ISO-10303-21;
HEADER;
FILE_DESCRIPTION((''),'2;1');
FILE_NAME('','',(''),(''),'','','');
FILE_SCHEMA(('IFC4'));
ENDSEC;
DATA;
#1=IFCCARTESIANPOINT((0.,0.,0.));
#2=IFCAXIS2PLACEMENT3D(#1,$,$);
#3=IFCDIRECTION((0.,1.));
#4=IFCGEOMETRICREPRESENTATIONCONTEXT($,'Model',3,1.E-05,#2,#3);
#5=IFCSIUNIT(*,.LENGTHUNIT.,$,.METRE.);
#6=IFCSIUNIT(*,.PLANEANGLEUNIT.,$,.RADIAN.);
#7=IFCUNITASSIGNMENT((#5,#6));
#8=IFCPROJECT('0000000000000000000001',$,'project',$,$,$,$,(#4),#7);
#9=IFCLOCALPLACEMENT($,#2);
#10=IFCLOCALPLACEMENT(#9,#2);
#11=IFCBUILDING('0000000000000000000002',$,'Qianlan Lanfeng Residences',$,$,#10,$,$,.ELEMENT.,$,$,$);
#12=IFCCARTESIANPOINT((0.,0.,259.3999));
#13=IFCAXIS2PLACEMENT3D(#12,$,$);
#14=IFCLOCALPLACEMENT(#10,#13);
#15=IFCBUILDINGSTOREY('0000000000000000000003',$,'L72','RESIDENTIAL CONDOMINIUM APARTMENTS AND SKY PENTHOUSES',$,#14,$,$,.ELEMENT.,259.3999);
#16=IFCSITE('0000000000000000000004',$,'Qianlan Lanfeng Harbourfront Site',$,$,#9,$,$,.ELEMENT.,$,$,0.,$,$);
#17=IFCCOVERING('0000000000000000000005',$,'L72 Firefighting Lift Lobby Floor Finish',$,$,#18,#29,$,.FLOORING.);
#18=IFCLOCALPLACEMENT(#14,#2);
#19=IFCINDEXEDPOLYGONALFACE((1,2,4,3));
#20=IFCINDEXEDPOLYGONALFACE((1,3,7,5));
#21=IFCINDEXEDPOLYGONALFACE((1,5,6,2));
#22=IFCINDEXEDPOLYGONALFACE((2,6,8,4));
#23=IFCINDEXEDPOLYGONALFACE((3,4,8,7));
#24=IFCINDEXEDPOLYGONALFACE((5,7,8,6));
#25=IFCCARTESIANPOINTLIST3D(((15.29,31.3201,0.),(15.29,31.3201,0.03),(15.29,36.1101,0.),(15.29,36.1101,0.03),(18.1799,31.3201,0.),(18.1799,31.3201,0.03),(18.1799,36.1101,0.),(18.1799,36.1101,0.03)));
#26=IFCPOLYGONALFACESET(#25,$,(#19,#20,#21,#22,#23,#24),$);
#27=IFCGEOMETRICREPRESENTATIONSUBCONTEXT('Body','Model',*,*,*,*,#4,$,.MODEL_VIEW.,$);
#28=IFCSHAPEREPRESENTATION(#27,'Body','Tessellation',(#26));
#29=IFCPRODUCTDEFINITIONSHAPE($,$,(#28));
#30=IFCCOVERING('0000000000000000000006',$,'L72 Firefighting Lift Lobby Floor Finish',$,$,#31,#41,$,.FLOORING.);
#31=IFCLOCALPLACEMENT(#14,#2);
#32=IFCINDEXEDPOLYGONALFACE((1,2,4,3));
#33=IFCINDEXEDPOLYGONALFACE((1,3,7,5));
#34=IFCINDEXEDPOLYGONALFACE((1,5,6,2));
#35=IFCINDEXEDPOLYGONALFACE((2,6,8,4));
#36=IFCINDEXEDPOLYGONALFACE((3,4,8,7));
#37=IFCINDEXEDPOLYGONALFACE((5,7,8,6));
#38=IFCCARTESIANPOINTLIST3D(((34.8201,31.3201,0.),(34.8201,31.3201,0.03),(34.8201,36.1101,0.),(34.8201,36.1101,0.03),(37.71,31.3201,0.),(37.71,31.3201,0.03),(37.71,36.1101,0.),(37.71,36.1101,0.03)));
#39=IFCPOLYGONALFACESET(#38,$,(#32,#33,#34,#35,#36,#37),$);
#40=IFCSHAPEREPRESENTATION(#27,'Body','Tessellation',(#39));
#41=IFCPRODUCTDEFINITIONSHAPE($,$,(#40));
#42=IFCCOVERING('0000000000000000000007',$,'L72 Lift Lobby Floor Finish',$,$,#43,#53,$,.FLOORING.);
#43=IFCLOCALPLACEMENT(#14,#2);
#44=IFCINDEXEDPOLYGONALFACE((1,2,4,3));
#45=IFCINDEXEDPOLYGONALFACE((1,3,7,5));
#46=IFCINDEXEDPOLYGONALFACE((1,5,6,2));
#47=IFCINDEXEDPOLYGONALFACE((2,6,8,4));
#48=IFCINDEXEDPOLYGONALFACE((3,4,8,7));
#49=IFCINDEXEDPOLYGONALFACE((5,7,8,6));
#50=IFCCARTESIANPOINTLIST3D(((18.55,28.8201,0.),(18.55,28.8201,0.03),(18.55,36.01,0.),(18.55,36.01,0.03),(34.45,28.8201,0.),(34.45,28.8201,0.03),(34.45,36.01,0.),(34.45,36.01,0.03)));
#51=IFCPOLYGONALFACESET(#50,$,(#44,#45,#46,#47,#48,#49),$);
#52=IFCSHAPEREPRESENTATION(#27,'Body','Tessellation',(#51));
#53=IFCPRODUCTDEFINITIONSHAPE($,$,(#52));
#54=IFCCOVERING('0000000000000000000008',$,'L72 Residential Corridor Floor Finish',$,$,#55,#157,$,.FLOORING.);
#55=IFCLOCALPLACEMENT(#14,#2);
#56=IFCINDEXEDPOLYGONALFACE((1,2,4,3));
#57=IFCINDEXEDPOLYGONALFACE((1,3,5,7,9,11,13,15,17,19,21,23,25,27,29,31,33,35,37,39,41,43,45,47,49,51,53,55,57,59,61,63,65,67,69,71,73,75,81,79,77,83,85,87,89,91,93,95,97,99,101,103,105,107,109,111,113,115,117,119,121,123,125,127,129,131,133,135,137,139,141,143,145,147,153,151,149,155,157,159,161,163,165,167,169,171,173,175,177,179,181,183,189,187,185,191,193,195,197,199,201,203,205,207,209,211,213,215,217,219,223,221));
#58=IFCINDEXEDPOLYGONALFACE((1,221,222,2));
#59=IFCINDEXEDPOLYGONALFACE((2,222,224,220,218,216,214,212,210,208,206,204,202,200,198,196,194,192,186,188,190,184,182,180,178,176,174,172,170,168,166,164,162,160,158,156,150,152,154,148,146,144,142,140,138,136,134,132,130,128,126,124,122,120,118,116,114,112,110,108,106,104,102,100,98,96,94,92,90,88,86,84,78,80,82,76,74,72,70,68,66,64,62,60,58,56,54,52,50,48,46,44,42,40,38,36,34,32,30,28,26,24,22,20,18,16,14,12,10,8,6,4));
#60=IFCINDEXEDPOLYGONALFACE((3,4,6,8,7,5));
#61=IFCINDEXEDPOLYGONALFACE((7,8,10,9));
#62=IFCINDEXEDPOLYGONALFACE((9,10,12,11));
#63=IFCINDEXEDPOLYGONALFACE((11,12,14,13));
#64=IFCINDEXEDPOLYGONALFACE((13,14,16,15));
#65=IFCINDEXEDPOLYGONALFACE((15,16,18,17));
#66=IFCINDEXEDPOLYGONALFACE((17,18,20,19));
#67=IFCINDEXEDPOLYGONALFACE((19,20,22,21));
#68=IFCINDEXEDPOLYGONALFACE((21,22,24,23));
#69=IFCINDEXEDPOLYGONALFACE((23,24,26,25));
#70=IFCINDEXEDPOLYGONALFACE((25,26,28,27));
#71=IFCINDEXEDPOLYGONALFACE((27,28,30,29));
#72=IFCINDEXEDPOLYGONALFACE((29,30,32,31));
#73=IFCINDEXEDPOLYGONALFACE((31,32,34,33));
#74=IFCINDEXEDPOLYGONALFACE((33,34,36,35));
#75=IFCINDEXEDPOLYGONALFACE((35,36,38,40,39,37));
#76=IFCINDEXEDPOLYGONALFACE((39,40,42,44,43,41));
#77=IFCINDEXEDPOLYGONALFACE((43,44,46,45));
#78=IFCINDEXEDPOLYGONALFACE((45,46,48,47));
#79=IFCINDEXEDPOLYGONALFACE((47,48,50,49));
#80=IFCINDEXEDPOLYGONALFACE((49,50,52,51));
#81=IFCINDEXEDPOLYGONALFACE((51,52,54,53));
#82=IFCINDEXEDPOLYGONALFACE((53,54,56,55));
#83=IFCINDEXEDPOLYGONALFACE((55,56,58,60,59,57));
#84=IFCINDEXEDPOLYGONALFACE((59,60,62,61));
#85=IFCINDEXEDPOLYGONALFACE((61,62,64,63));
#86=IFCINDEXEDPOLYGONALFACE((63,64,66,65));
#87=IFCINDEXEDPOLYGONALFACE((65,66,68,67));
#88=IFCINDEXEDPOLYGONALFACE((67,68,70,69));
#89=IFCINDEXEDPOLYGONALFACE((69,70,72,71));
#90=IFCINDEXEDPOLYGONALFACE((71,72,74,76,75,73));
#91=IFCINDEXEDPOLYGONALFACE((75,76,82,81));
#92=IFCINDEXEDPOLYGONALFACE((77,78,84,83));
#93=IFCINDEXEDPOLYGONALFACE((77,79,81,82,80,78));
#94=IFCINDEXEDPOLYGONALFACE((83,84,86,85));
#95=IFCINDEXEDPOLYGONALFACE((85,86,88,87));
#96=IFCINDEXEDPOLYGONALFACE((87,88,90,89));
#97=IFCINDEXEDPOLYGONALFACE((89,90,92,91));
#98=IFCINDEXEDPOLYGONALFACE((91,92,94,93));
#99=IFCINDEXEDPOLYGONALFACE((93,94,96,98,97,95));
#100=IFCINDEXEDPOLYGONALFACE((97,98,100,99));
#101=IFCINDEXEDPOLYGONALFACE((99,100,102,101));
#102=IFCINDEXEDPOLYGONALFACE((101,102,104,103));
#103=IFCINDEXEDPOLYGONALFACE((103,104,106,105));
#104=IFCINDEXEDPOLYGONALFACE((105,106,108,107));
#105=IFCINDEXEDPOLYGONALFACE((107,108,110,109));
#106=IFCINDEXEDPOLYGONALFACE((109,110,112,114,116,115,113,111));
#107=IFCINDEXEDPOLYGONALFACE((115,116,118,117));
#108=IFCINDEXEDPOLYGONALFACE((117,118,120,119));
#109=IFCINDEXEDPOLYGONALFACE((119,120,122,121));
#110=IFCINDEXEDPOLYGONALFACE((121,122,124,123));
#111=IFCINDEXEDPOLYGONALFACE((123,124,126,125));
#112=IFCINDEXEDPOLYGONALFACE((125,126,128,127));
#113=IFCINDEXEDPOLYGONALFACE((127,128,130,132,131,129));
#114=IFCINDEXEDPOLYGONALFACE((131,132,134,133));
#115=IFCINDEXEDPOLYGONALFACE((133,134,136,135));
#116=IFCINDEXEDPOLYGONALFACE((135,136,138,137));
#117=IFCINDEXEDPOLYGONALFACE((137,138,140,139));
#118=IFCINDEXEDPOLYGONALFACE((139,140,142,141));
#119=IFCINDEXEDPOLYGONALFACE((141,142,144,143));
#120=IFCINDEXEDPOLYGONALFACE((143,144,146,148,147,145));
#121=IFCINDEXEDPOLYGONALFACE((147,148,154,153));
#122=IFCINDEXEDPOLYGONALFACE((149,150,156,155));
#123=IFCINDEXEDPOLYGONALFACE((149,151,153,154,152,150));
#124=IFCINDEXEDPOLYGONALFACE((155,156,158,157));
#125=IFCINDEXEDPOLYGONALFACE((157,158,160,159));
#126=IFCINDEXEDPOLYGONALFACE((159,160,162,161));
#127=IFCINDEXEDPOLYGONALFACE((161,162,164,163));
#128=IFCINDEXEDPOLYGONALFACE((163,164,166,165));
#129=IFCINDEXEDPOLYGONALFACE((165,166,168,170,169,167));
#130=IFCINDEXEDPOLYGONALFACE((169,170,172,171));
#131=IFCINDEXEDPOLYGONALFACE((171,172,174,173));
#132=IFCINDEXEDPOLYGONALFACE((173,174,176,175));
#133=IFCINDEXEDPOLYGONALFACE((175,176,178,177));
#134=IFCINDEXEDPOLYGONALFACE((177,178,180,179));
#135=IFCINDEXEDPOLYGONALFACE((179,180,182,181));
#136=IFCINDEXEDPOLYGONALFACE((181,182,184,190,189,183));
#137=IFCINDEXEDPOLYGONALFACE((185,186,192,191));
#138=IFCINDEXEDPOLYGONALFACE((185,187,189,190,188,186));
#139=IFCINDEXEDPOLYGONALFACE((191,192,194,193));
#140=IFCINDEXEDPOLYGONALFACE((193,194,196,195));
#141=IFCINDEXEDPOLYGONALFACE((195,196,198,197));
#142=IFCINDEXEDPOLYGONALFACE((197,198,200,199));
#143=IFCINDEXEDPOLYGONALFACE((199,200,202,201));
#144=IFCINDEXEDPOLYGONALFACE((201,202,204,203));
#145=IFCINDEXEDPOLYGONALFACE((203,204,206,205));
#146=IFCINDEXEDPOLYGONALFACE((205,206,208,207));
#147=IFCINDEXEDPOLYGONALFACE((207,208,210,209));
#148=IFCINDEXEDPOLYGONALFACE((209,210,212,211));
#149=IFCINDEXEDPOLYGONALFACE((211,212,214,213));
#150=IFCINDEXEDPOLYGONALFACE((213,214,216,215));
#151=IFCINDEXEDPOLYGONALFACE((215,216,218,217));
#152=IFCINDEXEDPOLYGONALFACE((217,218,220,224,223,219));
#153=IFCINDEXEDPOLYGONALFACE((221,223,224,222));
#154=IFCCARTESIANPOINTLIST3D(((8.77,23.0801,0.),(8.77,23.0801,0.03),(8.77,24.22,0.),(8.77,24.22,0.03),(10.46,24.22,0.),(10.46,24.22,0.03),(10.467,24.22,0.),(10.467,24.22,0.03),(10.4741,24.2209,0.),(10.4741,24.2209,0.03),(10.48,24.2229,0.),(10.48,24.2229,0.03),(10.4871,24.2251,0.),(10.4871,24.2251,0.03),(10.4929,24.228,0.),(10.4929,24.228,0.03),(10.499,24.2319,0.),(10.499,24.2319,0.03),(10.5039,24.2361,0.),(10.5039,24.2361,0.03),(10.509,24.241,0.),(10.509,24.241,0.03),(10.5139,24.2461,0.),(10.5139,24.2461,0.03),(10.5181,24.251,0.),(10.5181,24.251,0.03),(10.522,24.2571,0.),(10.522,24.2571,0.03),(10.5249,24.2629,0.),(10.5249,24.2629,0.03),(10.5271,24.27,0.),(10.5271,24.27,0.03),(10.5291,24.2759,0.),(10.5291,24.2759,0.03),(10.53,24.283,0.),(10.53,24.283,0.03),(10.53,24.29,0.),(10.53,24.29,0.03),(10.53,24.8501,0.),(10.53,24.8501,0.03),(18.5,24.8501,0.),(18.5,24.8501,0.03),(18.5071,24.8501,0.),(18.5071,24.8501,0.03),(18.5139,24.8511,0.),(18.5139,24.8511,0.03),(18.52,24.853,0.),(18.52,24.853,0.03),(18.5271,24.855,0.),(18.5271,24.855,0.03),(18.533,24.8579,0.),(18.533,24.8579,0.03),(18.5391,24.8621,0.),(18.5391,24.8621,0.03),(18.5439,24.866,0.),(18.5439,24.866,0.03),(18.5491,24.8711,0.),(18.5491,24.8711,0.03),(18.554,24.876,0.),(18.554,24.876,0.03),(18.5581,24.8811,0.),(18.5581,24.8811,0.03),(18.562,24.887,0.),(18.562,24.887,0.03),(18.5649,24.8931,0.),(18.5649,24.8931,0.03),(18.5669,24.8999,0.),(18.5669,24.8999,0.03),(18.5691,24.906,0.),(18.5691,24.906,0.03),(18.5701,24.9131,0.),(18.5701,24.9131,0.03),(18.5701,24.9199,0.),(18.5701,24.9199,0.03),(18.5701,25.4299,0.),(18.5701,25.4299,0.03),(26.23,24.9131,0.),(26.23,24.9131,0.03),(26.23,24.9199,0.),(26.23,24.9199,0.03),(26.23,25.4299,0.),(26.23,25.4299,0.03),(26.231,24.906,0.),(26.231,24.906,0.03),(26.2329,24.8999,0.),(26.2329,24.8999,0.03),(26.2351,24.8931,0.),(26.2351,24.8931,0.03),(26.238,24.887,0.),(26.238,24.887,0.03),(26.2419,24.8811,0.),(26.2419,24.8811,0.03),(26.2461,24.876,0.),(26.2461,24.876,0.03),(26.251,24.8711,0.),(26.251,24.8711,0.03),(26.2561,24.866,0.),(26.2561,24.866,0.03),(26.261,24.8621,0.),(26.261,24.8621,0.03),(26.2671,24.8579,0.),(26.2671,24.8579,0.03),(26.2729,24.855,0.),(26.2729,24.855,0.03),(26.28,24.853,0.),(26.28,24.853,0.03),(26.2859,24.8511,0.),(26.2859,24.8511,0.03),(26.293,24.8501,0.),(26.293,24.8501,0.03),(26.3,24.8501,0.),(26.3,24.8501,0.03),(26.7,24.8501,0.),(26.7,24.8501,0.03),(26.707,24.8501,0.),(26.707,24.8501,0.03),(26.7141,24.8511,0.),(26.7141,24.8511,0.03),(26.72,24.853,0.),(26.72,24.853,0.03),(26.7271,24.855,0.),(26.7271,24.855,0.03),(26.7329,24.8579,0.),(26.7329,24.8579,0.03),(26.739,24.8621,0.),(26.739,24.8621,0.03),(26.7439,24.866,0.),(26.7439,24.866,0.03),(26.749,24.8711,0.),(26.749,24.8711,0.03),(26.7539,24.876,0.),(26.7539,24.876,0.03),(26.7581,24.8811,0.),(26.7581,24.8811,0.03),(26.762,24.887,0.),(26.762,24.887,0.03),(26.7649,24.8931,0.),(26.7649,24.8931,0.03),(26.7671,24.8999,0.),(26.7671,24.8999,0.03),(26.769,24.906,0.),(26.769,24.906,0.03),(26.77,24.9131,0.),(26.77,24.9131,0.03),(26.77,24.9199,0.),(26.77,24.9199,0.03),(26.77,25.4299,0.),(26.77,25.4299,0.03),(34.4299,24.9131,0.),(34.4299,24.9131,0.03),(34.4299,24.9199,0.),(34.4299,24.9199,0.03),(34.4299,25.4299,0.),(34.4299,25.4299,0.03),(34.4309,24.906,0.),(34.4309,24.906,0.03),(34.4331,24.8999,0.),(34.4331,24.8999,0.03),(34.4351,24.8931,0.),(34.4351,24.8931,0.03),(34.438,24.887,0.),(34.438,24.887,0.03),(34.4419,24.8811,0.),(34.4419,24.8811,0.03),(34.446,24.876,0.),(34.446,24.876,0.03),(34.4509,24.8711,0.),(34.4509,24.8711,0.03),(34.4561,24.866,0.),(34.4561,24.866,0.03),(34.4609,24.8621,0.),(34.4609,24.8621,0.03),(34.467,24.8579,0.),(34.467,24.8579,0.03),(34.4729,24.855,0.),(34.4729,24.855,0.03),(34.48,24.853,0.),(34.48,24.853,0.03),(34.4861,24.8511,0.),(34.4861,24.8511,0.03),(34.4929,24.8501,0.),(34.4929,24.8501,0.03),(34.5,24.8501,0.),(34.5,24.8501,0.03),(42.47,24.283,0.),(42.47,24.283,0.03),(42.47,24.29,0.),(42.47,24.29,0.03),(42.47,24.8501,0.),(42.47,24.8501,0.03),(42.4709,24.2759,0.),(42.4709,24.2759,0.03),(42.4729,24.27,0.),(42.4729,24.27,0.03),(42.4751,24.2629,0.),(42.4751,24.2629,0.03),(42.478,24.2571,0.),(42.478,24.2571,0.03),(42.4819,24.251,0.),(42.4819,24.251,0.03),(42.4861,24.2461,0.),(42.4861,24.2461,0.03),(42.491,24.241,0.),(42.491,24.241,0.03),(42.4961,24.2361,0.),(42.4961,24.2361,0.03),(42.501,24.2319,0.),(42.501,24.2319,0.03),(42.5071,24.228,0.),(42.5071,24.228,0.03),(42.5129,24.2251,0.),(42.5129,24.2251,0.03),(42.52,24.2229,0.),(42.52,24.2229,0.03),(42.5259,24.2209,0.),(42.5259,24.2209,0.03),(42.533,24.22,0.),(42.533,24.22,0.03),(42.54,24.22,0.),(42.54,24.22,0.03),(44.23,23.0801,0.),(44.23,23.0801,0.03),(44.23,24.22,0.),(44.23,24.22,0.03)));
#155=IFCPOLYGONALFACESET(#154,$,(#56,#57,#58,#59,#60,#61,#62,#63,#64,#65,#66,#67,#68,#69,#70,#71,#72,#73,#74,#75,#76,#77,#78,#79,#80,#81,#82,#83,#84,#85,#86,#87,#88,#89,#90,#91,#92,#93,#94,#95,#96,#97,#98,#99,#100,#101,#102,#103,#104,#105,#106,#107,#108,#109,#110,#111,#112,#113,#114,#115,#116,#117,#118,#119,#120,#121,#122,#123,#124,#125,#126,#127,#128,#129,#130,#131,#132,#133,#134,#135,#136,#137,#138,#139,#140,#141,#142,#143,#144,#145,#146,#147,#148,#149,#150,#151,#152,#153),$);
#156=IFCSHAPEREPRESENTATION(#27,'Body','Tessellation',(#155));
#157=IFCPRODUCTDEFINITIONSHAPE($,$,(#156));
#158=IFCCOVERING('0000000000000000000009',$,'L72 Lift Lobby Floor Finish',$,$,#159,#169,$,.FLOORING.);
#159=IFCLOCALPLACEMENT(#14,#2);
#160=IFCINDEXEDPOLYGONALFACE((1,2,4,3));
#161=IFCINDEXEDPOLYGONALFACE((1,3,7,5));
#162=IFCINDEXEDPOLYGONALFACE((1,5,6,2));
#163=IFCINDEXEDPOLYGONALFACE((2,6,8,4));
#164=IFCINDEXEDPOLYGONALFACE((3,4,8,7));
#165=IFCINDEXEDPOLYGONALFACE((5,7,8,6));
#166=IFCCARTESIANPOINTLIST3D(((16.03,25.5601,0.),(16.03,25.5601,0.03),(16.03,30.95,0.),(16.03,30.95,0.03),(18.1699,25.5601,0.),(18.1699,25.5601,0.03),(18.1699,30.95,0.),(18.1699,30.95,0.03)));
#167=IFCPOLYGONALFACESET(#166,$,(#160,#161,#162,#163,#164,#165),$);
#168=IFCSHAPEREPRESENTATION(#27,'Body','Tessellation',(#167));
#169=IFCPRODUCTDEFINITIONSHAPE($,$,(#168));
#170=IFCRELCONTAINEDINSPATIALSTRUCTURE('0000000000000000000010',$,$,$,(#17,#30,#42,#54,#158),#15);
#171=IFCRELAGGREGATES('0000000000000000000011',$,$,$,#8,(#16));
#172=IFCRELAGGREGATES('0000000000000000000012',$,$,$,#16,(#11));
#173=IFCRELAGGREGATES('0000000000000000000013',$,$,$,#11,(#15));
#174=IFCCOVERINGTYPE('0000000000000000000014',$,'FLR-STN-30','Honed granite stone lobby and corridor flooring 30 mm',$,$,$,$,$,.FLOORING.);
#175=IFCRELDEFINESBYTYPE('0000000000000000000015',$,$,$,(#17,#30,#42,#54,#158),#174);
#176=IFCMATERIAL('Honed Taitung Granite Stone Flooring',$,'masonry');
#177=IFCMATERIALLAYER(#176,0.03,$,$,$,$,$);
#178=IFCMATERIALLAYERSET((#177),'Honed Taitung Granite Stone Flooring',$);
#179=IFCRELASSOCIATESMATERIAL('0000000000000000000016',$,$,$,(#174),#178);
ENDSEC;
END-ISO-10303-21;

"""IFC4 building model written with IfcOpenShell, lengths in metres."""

from ifc_helpers import new_model, si_unit, direction, frame, origin, place, context, subcontext, project, spatial, polyline, outline, extrude, material, layer, layer_set, type_object, element, save


model = new_model("IFC4")

# Units and contexts
model_context = context("Model", 3, precision=1e-05, world=origin(), true_north=direction((0.0, 1.0)))
body_context = subcontext(model_context, "Body", "Model", "MODEL_VIEW")
ifc_project = project(units=[si_unit("LENGTHUNIT", "METRE"), si_unit("PLANEANGLEUNIT", "RADIAN")], contexts=[model_context])

# Site, building, storey
site_placement = place(None, origin())
site = spatial("IfcSite", under=ifc_project, at=site_placement, Name="Qianlan Lanfeng Harbourfront Site", CompositionType="ELEMENT", RefElevation=0.0)
building_placement = place(site_placement, origin())
building = spatial("IfcBuilding", under=site, at=building_placement, Name="Qianlan Lanfeng Residences", CompositionType="ELEMENT")
storey_placement = place(building_placement, frame((0.0, 0.0, 259.3999)))
storey = spatial("IfcBuildingStorey", under=building, at=storey_placement, Name="L72", Description="RESIDENTIAL CONDOMINIUM APARTMENTS AND SKY PENTHOUSES", CompositionType="ELEMENT", Elevation=259.3999)

# Coverings
ifc_material_1 = material(Name="Honed Taitung Granite Stone Flooring", Category="masonry")
ifc_layer_1 = layer(ifc_material_1, 0.03)
ifc_layer_set_1 = layer_set([ifc_layer_1], Name="Honed Taitung Granite Stone Flooring")
covering_type_1 = type_object("IfcCoveringType", Name="FLR-STN-30", Description="Honed granite stone lobby and corridor flooring 30 mm", PredefinedType="FLOORING", material=ifc_layer_set_1)
covering_1_placement = place(storey_placement, origin())
element("IfcCovering", 1, at=covering_1_placement, inside=storey, type_object=covering_type_1, Name="L72 Firefighting Lift Lobby Floor Finish", PredefinedType="FLOORING", context=body_context, shape_type="SweptSolid", body=[
    extrude(outline(polyline([(15.29, 31.3201), (18.1799, 31.3201), (18.1799, 36.1101), (15.29, 36.1101), (15.29, 31.3201)])), origin(), (0.0, 0.0, 1.0), 0.03),
])
covering_2_placement = place(storey_placement, origin())
element("IfcCovering", 2, at=covering_2_placement, inside=storey, type_object=covering_type_1, Name="L72 Firefighting Lift Lobby Floor Finish", PredefinedType="FLOORING", context=body_context, shape_type="SweptSolid", body=[
    extrude(outline(polyline([(34.8201, 31.3201), (37.71, 31.3201), (37.71, 36.1101), (34.8201, 36.1101), (34.8201, 31.3201)])), origin(), (0.0, 0.0, 1.0), 0.03),
])
covering_3_placement = place(storey_placement, origin())
element("IfcCovering", 3, at=covering_3_placement, inside=storey, type_object=covering_type_1, Name="L72 Lift Lobby Floor Finish", PredefinedType="FLOORING", context=body_context, shape_type="SweptSolid", body=[
    extrude(outline(polyline([(18.55, 28.8201), (34.45, 28.8201), (34.45, 36.01), (18.55, 36.01), (18.55, 28.8201)])), origin(), (0.0, 0.0, 1.0), 0.03),
])
covering_4_placement = place(storey_placement, origin())
element("IfcCovering", 4, at=covering_4_placement, inside=storey, type_object=covering_type_1, Name="L72 Residential Corridor Floor Finish", PredefinedType="FLOORING", context=body_context, shape_type="SweptSolid", body=[
    extrude(outline(polyline([(8.77, 23.0801), (44.23, 23.0801), (44.23, 24.22), (42.54, 24.22), (42.533, 24.22), (42.5259, 24.2209), (42.52, 24.2229), (42.5129, 24.2251), (42.5071, 24.228), (42.501, 24.2319), (42.4961, 24.2361), (42.491, 24.241), (42.4861, 24.2461), (42.4819, 24.251), (42.478, 24.2571), (42.4751, 24.2629), (42.4729, 24.27), (42.4709, 24.2759), (42.47, 24.283), (42.47, 24.29), (42.47, 24.8501), (34.5, 24.8501), (34.4929, 24.8501), (34.4861, 24.8511), (34.48, 24.853), (34.4729, 24.855), (34.467, 24.8579), (34.4609, 24.8621), (34.4561, 24.866), (34.4509, 24.8711), (34.446, 24.876), (34.4419, 24.8811), (34.438, 24.887), (34.4351, 24.8931), (34.4331, 24.8999), (34.4309, 24.906), (34.4299, 24.9131), (34.4299, 24.9199), (34.4299, 25.4299), (26.77, 25.4299), (26.77, 24.9199), (26.77, 24.9131), (26.769, 24.906), (26.7671, 24.8999), (26.7649, 24.8931), (26.762, 24.887), (26.7581, 24.8811), (26.7539, 24.876), (26.749, 24.8711), (26.7439, 24.866), (26.739, 24.8621), (26.7329, 24.8579), (26.7271, 24.855), (26.72, 24.853), (26.7141, 24.8511), (26.707, 24.8501), (26.7, 24.8501), (26.3, 24.8501), (26.293, 24.8501), (26.2859, 24.8511), (26.28, 24.853), (26.2729, 24.855), (26.2671, 24.8579), (26.261, 24.8621), (26.2561, 24.866), (26.251, 24.8711), (26.2461, 24.876), (26.2419, 24.8811), (26.238, 24.887), (26.2351, 24.8931), (26.2329, 24.8999), (26.231, 24.906), (26.23, 24.9131), (26.23, 24.9199), (26.23, 25.4299), (18.5701, 25.4299), (18.5701, 24.9199), (18.5701, 24.9131), (18.5691, 24.906), (18.5669, 24.8999), (18.5649, 24.8931), (18.562, 24.887), (18.5581, 24.8811), (18.554, 24.876), (18.5491, 24.8711), (18.5439, 24.866), (18.5391, 24.8621), (18.533, 24.8579), (18.5271, 24.855), (18.52, 24.853), (18.5139, 24.8511), (18.5071, 24.8501), (18.5, 24.8501), (10.53, 24.8501), (10.53, 24.29), (10.53, 24.283), (10.5291, 24.2759), (10.5271, 24.27), (10.5249, 24.2629), (10.522, 24.2571), (10.5181, 24.251), (10.5139, 24.2461), (10.509, 24.241), (10.5039, 24.2361), (10.499, 24.2319), (10.4929, 24.228), (10.4871, 24.2251), (10.48, 24.2229), (10.4741, 24.2209), (10.467, 24.22), (10.46, 24.22), (8.77, 24.22), (8.77, 23.0801)])), origin(), (0.0, 0.0, 1.0), 0.03),
])
covering_5_placement = place(storey_placement, origin())
element("IfcCovering", 5, at=covering_5_placement, inside=storey, type_object=covering_type_1, Name="L72 Lift Lobby Floor Finish", PredefinedType="FLOORING", context=body_context, shape_type="SweptSolid", body=[
    extrude(outline(polyline([(16.03, 25.5601), (18.1699, 25.5601), (18.1699, 30.95), (16.03, 30.95), (16.03, 25.5601)])), origin(), (0.0, 0.0, 1.0), 0.03),
])

save(model, "model.ifc")
